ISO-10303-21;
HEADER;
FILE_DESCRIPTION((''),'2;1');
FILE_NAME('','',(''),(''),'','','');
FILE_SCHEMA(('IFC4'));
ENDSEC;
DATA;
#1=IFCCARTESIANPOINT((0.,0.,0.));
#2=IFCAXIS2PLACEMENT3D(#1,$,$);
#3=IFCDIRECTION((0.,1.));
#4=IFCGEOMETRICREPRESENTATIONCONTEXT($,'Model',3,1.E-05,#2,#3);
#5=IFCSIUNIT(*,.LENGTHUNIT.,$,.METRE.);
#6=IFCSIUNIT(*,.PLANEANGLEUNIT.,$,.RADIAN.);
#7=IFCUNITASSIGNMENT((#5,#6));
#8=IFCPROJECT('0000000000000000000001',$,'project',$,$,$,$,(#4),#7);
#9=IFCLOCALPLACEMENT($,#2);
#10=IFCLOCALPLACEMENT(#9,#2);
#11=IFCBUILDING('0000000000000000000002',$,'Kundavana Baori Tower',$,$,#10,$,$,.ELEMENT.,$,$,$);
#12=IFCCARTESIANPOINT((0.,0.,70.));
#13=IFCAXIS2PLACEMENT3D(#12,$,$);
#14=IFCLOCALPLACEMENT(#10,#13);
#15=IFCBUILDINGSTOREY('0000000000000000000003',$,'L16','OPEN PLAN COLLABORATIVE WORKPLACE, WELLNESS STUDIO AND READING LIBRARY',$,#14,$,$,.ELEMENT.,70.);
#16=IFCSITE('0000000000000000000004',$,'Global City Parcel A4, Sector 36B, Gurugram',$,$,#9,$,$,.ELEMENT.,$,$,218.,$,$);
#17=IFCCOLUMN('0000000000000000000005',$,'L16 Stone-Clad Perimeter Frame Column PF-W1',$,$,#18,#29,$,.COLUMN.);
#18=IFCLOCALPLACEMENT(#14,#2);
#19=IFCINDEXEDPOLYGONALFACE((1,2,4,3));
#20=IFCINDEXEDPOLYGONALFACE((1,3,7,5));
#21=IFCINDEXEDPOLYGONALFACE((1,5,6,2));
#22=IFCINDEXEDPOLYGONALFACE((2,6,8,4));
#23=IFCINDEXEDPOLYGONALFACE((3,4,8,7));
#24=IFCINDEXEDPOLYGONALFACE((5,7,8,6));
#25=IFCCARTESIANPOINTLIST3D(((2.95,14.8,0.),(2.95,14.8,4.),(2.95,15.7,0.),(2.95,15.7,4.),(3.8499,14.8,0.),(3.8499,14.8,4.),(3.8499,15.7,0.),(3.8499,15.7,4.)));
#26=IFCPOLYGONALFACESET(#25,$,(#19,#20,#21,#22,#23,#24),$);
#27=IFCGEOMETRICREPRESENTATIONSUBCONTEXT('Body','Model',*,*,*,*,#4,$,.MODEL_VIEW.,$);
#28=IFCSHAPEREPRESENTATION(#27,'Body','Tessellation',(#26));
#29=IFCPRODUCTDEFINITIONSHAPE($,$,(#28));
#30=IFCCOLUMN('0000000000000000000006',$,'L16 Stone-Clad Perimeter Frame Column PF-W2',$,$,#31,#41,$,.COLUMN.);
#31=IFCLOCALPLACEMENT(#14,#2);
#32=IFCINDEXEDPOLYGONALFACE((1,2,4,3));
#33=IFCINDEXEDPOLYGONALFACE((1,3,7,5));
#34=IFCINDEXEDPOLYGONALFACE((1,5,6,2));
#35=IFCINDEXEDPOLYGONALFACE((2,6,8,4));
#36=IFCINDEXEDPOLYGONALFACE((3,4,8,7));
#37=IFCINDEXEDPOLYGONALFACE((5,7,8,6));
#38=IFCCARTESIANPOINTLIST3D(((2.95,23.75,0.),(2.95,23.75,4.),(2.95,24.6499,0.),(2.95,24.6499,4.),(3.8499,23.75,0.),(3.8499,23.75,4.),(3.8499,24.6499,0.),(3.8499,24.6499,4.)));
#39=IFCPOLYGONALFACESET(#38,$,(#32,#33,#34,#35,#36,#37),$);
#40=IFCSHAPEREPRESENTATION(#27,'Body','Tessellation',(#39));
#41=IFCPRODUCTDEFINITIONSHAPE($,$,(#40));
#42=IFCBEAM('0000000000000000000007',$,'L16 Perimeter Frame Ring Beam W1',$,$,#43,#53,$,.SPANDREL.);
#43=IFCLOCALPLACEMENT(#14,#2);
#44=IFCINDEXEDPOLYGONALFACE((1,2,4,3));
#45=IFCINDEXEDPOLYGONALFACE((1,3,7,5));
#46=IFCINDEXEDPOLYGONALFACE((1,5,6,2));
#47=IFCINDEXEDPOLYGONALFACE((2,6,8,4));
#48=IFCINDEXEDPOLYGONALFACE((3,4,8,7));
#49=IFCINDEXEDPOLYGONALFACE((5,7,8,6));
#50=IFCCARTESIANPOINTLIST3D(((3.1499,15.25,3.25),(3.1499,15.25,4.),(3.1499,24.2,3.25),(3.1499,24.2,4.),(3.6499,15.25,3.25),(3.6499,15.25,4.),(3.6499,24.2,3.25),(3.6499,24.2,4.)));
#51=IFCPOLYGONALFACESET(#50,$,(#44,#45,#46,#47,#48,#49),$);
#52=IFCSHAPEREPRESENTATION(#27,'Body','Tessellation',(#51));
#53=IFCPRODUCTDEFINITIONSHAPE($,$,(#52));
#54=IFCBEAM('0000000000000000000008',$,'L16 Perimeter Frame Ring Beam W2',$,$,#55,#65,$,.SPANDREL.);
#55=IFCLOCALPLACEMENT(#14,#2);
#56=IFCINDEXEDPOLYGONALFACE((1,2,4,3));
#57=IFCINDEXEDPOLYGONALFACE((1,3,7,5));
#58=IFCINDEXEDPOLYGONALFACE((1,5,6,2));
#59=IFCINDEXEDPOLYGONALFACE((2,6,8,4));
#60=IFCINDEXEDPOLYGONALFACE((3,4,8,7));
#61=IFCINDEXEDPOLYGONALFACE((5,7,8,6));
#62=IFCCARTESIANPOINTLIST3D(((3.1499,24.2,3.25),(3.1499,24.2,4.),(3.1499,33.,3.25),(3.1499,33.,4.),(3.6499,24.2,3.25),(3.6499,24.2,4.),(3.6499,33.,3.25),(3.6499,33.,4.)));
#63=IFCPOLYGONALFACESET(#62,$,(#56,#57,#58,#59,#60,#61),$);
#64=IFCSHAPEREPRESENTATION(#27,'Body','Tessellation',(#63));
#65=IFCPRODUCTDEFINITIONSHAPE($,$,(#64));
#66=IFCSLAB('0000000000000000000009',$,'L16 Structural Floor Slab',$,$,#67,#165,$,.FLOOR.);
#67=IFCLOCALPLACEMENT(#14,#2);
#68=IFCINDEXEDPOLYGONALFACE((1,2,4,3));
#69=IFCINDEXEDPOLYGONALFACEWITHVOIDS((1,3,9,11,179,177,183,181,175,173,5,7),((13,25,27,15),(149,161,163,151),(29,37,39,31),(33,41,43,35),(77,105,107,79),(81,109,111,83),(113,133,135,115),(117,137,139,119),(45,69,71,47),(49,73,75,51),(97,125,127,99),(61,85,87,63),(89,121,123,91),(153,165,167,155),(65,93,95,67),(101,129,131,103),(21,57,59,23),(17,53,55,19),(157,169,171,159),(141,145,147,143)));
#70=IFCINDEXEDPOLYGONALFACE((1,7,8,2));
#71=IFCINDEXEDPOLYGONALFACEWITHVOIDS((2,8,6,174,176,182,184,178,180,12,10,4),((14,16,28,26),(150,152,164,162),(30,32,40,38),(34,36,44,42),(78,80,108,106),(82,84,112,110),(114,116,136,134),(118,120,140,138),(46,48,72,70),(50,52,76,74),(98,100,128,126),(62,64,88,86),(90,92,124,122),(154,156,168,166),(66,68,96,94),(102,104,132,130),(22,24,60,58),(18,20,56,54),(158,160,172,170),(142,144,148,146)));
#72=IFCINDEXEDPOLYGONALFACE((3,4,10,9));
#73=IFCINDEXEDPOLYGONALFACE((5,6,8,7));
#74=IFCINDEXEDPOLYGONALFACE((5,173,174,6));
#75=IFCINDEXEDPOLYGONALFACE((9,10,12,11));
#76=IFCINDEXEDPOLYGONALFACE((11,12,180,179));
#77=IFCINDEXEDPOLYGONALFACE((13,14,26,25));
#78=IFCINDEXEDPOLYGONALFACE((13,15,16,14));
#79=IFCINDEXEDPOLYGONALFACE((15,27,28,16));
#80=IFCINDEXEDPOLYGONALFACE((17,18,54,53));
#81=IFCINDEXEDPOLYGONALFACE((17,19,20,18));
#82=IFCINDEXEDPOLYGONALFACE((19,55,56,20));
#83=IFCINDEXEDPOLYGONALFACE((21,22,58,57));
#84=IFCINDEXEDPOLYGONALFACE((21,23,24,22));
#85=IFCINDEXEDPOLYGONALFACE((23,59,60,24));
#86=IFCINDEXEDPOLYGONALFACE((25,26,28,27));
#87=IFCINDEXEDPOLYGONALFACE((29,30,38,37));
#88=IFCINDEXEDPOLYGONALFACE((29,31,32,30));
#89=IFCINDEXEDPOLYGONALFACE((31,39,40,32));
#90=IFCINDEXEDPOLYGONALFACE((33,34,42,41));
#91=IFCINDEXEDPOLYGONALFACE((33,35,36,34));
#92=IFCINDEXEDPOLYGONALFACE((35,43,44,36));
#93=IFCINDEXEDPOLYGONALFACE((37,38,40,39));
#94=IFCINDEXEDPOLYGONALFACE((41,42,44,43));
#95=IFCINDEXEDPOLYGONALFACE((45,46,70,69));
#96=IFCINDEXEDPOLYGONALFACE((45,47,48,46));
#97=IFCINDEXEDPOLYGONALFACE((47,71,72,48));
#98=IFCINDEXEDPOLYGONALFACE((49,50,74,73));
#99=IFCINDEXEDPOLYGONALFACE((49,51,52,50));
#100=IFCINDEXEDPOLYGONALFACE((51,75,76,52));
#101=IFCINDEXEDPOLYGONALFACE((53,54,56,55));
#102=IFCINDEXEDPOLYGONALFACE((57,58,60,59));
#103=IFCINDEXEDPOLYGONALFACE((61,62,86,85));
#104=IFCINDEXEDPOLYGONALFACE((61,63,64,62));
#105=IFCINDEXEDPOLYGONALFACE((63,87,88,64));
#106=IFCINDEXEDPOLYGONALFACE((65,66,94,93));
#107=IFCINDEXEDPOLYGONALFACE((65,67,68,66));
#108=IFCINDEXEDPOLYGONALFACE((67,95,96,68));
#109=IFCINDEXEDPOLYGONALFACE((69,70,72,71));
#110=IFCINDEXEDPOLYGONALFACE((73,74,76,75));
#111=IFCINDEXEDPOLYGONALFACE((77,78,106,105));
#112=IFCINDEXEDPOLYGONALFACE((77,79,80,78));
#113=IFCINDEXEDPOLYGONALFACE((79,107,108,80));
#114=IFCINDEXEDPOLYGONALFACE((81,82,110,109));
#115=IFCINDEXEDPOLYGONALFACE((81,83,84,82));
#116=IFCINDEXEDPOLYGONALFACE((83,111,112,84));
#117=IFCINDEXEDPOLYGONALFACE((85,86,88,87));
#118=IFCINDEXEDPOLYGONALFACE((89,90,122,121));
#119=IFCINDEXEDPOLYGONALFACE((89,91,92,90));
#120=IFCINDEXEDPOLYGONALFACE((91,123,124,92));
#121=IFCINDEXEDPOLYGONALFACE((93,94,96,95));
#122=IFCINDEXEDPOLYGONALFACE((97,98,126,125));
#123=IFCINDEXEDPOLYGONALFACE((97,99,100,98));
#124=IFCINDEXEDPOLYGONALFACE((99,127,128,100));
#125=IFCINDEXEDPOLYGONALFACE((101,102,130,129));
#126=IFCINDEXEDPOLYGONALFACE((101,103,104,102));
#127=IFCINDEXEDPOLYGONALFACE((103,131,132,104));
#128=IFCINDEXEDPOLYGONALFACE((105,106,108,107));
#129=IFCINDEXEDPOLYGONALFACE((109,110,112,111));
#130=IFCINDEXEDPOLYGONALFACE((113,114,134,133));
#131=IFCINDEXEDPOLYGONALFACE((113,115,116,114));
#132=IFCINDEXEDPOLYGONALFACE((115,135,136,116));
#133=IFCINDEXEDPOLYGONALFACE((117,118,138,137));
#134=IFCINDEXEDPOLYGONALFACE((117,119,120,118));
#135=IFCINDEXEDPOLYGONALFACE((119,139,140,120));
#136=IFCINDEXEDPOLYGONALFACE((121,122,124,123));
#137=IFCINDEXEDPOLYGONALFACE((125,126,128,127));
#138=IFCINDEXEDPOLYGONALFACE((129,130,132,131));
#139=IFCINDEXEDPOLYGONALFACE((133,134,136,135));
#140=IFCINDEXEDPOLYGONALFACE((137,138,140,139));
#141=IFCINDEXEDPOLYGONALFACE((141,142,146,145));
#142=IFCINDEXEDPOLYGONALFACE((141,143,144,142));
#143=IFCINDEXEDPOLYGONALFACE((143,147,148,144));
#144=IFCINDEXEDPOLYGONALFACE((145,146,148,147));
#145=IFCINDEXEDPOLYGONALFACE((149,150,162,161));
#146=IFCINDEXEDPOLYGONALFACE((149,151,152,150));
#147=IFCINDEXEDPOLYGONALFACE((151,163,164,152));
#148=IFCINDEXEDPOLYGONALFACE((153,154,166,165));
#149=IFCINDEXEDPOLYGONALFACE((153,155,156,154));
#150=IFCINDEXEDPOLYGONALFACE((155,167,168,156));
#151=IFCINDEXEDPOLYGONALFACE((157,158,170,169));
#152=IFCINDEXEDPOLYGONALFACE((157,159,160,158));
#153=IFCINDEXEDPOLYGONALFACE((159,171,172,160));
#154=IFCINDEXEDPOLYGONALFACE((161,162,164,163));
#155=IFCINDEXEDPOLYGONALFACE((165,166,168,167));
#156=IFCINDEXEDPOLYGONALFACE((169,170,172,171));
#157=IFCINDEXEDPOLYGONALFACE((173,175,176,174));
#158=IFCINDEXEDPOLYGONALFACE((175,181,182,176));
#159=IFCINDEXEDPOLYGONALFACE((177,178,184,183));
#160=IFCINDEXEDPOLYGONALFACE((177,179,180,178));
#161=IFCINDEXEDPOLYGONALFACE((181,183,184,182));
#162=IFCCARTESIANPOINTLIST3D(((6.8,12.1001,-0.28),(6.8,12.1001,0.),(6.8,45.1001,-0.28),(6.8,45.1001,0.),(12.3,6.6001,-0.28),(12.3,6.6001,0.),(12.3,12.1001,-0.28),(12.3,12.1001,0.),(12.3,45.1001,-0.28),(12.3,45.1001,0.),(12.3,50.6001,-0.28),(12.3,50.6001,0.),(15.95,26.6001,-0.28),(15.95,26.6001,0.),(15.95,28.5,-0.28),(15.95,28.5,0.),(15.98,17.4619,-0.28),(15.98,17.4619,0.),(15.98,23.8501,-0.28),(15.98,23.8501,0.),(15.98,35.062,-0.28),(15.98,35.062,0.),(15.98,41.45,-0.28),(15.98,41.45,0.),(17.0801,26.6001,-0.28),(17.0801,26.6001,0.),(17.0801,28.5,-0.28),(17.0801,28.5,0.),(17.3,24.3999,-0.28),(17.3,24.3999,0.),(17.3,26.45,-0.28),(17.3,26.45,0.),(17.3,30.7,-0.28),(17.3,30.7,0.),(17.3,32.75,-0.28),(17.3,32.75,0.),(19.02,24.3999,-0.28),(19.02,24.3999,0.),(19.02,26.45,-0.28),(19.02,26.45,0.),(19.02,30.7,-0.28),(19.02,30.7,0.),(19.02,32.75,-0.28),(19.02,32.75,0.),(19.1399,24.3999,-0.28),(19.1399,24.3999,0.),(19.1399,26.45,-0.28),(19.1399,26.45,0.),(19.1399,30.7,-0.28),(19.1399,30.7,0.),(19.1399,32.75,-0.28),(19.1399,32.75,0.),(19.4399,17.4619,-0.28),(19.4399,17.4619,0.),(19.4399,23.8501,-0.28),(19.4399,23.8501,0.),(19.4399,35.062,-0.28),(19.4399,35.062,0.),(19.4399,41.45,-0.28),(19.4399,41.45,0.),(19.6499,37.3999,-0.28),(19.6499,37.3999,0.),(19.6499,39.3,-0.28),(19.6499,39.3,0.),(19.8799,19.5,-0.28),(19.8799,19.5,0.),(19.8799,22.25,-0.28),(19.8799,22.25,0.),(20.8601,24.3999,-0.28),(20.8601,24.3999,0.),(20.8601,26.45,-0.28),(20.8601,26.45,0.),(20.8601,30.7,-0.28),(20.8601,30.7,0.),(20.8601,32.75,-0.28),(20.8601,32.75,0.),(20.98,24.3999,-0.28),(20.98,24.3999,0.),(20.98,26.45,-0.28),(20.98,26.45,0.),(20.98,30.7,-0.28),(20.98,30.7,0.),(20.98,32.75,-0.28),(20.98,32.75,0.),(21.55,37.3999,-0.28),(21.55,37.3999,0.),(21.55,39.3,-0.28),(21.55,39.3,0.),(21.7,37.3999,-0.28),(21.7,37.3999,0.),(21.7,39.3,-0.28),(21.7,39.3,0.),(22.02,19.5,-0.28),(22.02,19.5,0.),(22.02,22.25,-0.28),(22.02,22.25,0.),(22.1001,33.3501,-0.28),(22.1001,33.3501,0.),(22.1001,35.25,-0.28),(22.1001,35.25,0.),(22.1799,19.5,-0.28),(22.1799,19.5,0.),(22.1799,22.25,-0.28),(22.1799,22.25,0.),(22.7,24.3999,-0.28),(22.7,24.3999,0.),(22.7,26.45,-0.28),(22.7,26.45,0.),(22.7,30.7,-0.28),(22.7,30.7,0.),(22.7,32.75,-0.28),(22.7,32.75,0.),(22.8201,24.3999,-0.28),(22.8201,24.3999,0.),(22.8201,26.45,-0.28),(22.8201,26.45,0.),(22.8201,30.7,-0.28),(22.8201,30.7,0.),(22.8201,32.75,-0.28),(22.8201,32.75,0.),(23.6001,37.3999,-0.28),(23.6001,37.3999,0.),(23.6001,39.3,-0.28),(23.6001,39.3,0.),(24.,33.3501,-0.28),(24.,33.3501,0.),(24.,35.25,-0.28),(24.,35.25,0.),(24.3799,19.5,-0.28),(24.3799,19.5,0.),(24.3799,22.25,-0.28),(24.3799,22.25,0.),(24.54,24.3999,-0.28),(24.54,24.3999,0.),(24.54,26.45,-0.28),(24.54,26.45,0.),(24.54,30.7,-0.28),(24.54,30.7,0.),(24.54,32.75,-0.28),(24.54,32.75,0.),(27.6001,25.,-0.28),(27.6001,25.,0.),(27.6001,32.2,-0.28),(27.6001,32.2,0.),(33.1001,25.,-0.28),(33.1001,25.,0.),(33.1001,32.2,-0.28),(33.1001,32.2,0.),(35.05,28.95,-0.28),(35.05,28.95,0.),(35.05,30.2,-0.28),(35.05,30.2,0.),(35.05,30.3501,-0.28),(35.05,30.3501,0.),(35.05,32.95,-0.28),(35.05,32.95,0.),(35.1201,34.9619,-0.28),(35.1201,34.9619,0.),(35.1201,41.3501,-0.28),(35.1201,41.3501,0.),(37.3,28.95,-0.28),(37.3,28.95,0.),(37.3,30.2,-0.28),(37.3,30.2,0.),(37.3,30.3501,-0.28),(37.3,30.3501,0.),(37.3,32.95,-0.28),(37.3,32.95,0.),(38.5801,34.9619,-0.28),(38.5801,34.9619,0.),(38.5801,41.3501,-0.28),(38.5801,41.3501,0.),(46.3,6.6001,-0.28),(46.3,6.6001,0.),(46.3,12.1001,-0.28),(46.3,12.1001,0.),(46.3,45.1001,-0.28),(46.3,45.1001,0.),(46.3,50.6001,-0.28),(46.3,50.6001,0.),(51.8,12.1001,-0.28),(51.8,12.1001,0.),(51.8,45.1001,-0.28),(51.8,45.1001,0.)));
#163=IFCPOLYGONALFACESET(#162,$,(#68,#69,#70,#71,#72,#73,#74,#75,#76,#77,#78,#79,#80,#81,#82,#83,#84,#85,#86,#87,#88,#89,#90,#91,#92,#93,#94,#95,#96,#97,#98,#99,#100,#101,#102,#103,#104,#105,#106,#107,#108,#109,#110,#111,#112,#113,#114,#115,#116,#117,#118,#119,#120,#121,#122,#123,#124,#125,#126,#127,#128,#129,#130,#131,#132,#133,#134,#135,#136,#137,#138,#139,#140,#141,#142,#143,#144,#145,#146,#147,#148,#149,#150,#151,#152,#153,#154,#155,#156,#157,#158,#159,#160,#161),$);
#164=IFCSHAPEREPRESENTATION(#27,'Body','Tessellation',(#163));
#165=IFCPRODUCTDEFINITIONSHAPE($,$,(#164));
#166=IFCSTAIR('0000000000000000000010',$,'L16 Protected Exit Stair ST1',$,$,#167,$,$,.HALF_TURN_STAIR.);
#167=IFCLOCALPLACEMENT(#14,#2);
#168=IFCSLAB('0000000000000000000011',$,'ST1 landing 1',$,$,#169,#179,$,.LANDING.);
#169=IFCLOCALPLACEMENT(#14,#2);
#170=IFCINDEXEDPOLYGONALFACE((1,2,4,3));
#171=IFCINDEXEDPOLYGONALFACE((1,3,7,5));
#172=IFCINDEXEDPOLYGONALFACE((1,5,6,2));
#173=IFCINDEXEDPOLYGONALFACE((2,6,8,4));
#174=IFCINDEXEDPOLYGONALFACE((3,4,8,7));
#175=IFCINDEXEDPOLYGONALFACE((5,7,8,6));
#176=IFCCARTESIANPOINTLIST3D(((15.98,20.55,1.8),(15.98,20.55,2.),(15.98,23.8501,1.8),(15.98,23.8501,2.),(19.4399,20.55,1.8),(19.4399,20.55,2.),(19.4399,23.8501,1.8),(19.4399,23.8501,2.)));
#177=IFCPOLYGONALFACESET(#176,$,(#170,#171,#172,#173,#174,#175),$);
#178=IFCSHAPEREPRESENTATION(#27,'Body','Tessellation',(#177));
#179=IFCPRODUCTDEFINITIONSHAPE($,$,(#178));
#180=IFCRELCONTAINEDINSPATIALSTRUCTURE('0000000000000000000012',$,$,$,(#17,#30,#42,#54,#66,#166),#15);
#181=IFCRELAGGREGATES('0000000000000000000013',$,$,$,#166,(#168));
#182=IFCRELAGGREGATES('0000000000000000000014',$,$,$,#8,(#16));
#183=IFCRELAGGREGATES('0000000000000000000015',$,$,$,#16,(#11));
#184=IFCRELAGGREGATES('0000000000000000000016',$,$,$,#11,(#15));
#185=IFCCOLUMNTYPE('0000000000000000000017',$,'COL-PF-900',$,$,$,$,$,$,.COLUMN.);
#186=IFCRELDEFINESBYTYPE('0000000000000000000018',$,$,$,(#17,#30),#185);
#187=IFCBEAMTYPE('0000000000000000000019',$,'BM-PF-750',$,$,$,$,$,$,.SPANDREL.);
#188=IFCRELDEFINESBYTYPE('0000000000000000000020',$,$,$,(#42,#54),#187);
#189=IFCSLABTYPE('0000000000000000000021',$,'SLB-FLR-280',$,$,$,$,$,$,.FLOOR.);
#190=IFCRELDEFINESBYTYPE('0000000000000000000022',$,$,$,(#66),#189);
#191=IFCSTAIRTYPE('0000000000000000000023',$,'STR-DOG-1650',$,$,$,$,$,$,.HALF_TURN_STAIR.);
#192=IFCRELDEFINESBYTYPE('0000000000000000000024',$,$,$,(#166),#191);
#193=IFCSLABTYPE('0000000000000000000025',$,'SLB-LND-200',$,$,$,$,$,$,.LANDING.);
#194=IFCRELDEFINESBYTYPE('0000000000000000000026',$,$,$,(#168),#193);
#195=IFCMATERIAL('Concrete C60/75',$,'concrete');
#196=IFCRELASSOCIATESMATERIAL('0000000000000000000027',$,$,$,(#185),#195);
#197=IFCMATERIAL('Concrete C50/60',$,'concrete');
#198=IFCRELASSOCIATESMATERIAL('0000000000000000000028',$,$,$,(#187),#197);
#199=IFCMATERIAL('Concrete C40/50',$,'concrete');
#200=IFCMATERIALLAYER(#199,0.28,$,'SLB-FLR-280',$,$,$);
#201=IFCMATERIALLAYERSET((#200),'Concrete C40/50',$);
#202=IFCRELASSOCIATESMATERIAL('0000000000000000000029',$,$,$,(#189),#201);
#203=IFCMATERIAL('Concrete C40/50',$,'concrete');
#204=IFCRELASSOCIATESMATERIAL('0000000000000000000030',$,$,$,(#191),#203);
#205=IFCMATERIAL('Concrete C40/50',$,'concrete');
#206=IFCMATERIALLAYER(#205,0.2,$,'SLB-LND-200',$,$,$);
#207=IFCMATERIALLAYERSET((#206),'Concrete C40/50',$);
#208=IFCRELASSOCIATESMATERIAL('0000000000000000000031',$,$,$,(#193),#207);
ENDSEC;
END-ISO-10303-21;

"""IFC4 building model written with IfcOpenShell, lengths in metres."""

from ifc_helpers import new_model, si_unit, direction, frame, origin, origin_2d, place, context, subcontext, project, spatial, polyline, rectangle, outline, extrude, material, layer, layer_set, material_profile, profile_set, type_object, element, aggregate, save


model = new_model("IFC4")

# Units and contexts
model_context = context("Model", 3, precision=1e-05, world=origin(), true_north=direction((0.0, 1.0)))
body_context = subcontext(model_context, "Body", "Model", "MODEL_VIEW")
ifc_project = project(units=[si_unit("LENGTHUNIT", "METRE"), si_unit("PLANEANGLEUNIT", "RADIAN")], contexts=[model_context])

# Site, building, storey
site_placement = place(None, origin())
site = spatial("IfcSite", under=ifc_project, at=site_placement, Name="Global City Parcel A4, Sector 36B, Gurugram", CompositionType="ELEMENT", RefElevation=218.0)
building_placement = place(site_placement, origin())
building = spatial("IfcBuilding", under=site, at=building_placement, Name="Kundavana Baori Tower", CompositionType="ELEMENT")
storey_placement = place(building_placement, frame((0.0, 0.0, 70.0)))
storey = spatial("IfcBuildingStorey", under=building, at=storey_placement, Name="L16", Description="OPEN PLAN COLLABORATIVE WORKPLACE, WELLNESS STUDIO AND READING LIBRARY", CompositionType="ELEMENT", Elevation=70.0)

# Columns
ifc_material_1 = material(Name="Concrete C60/75", Category="concrete")
ifc_material_profile_1 = material_profile(ifc_material_1, rectangle(XDim=0.8999, YDim=0.8999, at=origin_2d()), Name="RC PF 900x900")
ifc_profile_set_1 = profile_set([ifc_material_profile_1], Name="Concrete C60/75")
column_type = type_object("IfcColumnType", Name="COL-PF-900", PredefinedType="COLUMN", material=ifc_profile_set_1)
for number, where, z_axis, x_axis, name in (
    (1, (3.3999, 15.25, 0.0), (0.0, 0.0, 1.0), (1.0, 0.0, 0.0), "L16 Stone-Clad Perimeter Frame Column PF-W1"),
    (2, (3.3999, 24.2, 0.0), (0.0, 0.0, 1.0), (1.0, 0.0, 0.0), "L16 Stone-Clad Perimeter Frame Column PF-W2"),
):
    element("IfcColumn", number, at=place(storey_placement, frame(where, z_axis=z_axis, x_axis=x_axis)), inside=storey, type_object=column_type, Name=name, PredefinedType="COLUMN", context=body_context, shape_type="SweptSolid", body=[
        extrude(rectangle(XDim=0.8999, YDim=0.8999, at=origin_2d()), origin(), (0.0, 0.0, 1.0), 4.0),
    ])

# Beams
ifc_material_2 = material(Name="Concrete C50/60", Category="concrete")
ifc_material_profile_2 = material_profile(ifc_material_2, rectangle(XDim=0.5, YDim=0.75, at=origin_2d()), Name="RC BM 500x750")
ifc_profile_set_2 = profile_set([ifc_material_profile_2], Name="Concrete C50/60")
beam_type = type_object("IfcBeamType", Name="BM-PF-750", PredefinedType="SPANDREL", material=ifc_profile_set_2)
beam_1_placement = place(storey_placement, frame((3.3999, 15.25, 3.625), z_axis=(0.0, 1.0, 0.0), x_axis=(-1.0, 0.0, 0.0)))
element("IfcBeam", 3, at=beam_1_placement, inside=storey, type_object=beam_type, Name="L16 Perimeter Frame Ring Beam W1", PredefinedType="SPANDREL", context=body_context, shape_type="SweptSolid", body=[
    extrude(rectangle(XDim=0.5, YDim=0.75, at=origin_2d()), origin(), (0.0, 0.0, 1.0), 8.95),
])
beam_2_placement = place(storey_placement, frame((3.3999, 24.2, 3.625), z_axis=(0.0, 1.0, 0.0), x_axis=(-1.0, 0.0, 0.0)))
element("IfcBeam", 4, at=beam_2_placement, inside=storey, type_object=beam_type, Name="L16 Perimeter Frame Ring Beam W2", PredefinedType="SPANDREL", context=body_context, shape_type="SweptSolid", body=[
    extrude(rectangle(XDim=0.5, YDim=0.75, at=origin_2d()), origin(), (0.0, 0.0, 1.0), 8.8),
])

# Slab
ifc_material_3 = material(Name="Concrete C40/50", Category="concrete")
ifc_layer_1 = layer(ifc_material_3, 0.28, Name="SLB-FLR-280")
ifc_layer_set_1 = layer_set([ifc_layer_1], Name="Concrete C40/50")
slab_type_1 = type_object("IfcSlabType", Name="SLB-FLR-280", PredefinedType="FLOOR", material=ifc_layer_set_1)
slab_1_placement = place(storey_placement, frame((0.0, 0.0, -0.28)))
element("IfcSlab", 5, at=slab_1_placement, inside=storey, type_object=slab_type_1, Name="L16 Structural Floor Slab", PredefinedType="FLOOR", context=body_context, shape_type="SweptSolid", body=[
    extrude(outline(polyline([(12.3, 6.6001), (46.3, 6.6001), (46.3, 12.1001), (51.8, 12.1001), (51.8, 45.1001), (46.3, 45.1001), (46.3, 50.6001), (12.3, 50.6001), (12.3, 45.1001), (6.8, 45.1001), (6.8, 12.1001), (12.3, 12.1001), (12.3, 6.6001)]), holes=[polyline([(19.4399, 17.4619), (19.4399, 23.8501), (15.98, 23.8501), (15.98, 17.4619), (19.4399, 17.4619)]), polyline([(19.4399, 35.062), (19.4399, 41.45), (15.98, 41.45), (15.98, 35.062), (19.4399, 35.062)]), polyline([(38.5801, 34.9619), (38.5801, 41.3501), (35.1201, 41.3501), (35.1201, 34.9619), (38.5801, 34.9619)]), polyline([(17.3, 24.3999), (19.02, 24.3999), (19.02, 26.45), (17.3, 26.45), (17.3, 24.3999)]), polyline([(19.1399, 24.3999), (20.8601, 24.3999), (20.8601, 26.45), (19.1399, 26.45), (19.1399, 24.3999)]), polyline([(20.98, 24.3999), (22.7, 24.3999), (22.7, 26.45), (20.98, 26.45), (20.98, 24.3999)]), polyline([(22.8201, 24.3999), (24.54, 24.3999), (24.54, 26.45), (22.8201, 26.45), (22.8201, 24.3999)]), polyline([(17.3, 30.7), (19.02, 30.7), (19.02, 32.75), (17.3, 32.75), (17.3, 30.7)]), polyline([(19.1399, 30.7), (20.8601, 30.7), (20.8601, 32.75), (19.1399, 32.75), (19.1399, 30.7)]), polyline([(20.98, 30.7), (22.7, 30.7), (22.7, 32.75), (20.98, 32.75), (20.98, 30.7)]), polyline([(22.8201, 30.7), (24.54, 30.7), (24.54, 32.75), (22.8201, 32.75), (22.8201, 30.7)]), polyline([(19.6499, 37.3999), (21.55, 37.3999), (21.55, 39.3), (19.6499, 39.3), (19.6499, 37.3999)]), polyline([(21.7, 37.3999), (23.6001, 37.3999), (23.6001, 39.3), (21.7, 39.3), (21.7, 37.3999)]), polyline([(22.1001, 33.3501), (24.0, 33.3501), (24.0, 35.25), (22.1001, 35.25), (22.1001, 33.3501)]), polyline([(19.8799, 19.5), (22.02, 19.5), (22.02, 22.25), (19.8799, 22.25), (19.8799, 19.5)]), polyline([(22.1799, 19.5), (24.3799, 19.5), (24.3799, 22.25), (22.1799, 22.25), (22.1799, 19.5)]), polyline([(35.05, 30.3501), (37.3, 30.3501), (37.3, 32.95), (35.05, 32.95), (35.05, 30.3501)]), polyline([(15.95, 26.6001), (17.0801, 26.6001), (17.0801, 28.5), (15.95, 28.5), (15.95, 26.6001)]), polyline([(35.05, 28.95), (37.3, 28.95), (37.3, 30.2), (35.05, 30.2), (35.05, 28.95)]), polyline([(27.6001, 25.0), (33.1001, 25.0), (33.1001, 32.2), (27.6001, 32.2), (27.6001, 25.0)])]), origin(), (0.0, 0.0, 1.0), 0.28),
])

# Stair, slab
ifc_material_4 = material(Name="Concrete C40/50", Category="concrete")
stair_type = type_object("IfcStairType", Name="STR-DOG-1650", PredefinedType="HALF_TURN_STAIR", material=ifc_material_4)
stair_1_placement = place(storey_placement, origin())
stair_1 = element("IfcStair", 6, at=stair_1_placement, inside=storey, type_object=stair_type, Name="L16 Protected Exit Stair ST1", PredefinedType="HALF_TURN_STAIR")
ifc_material_5 = material(Name="Concrete C40/50", Category="concrete")
ifc_layer_2 = layer(ifc_material_5, 0.2, Name="SLB-LND-200")
ifc_layer_set_2 = layer_set([ifc_layer_2], Name="Concrete C40/50")
slab_type_2 = type_object("IfcSlabType", Name="SLB-LND-200", PredefinedType="LANDING", material=ifc_layer_set_2)
slab_2_placement = place(storey_placement, frame((0.0, 0.0, 1.8)))
slab_2 = element("IfcSlab", 7, at=slab_2_placement, type_object=slab_type_2, Name="ST1 landing 1", PredefinedType="LANDING", context=body_context, shape_type="SweptSolid", body=[
    extrude(outline(polyline([(19.4399, 20.55), (19.4399, 23.8501), (15.98, 23.8501), (15.98, 20.55), (19.4399, 20.55)])), origin(), (0.0, 0.0, 1.0), 0.2),
])
aggregate(stair_1, [slab_2])

save(model, "model.ifc")
